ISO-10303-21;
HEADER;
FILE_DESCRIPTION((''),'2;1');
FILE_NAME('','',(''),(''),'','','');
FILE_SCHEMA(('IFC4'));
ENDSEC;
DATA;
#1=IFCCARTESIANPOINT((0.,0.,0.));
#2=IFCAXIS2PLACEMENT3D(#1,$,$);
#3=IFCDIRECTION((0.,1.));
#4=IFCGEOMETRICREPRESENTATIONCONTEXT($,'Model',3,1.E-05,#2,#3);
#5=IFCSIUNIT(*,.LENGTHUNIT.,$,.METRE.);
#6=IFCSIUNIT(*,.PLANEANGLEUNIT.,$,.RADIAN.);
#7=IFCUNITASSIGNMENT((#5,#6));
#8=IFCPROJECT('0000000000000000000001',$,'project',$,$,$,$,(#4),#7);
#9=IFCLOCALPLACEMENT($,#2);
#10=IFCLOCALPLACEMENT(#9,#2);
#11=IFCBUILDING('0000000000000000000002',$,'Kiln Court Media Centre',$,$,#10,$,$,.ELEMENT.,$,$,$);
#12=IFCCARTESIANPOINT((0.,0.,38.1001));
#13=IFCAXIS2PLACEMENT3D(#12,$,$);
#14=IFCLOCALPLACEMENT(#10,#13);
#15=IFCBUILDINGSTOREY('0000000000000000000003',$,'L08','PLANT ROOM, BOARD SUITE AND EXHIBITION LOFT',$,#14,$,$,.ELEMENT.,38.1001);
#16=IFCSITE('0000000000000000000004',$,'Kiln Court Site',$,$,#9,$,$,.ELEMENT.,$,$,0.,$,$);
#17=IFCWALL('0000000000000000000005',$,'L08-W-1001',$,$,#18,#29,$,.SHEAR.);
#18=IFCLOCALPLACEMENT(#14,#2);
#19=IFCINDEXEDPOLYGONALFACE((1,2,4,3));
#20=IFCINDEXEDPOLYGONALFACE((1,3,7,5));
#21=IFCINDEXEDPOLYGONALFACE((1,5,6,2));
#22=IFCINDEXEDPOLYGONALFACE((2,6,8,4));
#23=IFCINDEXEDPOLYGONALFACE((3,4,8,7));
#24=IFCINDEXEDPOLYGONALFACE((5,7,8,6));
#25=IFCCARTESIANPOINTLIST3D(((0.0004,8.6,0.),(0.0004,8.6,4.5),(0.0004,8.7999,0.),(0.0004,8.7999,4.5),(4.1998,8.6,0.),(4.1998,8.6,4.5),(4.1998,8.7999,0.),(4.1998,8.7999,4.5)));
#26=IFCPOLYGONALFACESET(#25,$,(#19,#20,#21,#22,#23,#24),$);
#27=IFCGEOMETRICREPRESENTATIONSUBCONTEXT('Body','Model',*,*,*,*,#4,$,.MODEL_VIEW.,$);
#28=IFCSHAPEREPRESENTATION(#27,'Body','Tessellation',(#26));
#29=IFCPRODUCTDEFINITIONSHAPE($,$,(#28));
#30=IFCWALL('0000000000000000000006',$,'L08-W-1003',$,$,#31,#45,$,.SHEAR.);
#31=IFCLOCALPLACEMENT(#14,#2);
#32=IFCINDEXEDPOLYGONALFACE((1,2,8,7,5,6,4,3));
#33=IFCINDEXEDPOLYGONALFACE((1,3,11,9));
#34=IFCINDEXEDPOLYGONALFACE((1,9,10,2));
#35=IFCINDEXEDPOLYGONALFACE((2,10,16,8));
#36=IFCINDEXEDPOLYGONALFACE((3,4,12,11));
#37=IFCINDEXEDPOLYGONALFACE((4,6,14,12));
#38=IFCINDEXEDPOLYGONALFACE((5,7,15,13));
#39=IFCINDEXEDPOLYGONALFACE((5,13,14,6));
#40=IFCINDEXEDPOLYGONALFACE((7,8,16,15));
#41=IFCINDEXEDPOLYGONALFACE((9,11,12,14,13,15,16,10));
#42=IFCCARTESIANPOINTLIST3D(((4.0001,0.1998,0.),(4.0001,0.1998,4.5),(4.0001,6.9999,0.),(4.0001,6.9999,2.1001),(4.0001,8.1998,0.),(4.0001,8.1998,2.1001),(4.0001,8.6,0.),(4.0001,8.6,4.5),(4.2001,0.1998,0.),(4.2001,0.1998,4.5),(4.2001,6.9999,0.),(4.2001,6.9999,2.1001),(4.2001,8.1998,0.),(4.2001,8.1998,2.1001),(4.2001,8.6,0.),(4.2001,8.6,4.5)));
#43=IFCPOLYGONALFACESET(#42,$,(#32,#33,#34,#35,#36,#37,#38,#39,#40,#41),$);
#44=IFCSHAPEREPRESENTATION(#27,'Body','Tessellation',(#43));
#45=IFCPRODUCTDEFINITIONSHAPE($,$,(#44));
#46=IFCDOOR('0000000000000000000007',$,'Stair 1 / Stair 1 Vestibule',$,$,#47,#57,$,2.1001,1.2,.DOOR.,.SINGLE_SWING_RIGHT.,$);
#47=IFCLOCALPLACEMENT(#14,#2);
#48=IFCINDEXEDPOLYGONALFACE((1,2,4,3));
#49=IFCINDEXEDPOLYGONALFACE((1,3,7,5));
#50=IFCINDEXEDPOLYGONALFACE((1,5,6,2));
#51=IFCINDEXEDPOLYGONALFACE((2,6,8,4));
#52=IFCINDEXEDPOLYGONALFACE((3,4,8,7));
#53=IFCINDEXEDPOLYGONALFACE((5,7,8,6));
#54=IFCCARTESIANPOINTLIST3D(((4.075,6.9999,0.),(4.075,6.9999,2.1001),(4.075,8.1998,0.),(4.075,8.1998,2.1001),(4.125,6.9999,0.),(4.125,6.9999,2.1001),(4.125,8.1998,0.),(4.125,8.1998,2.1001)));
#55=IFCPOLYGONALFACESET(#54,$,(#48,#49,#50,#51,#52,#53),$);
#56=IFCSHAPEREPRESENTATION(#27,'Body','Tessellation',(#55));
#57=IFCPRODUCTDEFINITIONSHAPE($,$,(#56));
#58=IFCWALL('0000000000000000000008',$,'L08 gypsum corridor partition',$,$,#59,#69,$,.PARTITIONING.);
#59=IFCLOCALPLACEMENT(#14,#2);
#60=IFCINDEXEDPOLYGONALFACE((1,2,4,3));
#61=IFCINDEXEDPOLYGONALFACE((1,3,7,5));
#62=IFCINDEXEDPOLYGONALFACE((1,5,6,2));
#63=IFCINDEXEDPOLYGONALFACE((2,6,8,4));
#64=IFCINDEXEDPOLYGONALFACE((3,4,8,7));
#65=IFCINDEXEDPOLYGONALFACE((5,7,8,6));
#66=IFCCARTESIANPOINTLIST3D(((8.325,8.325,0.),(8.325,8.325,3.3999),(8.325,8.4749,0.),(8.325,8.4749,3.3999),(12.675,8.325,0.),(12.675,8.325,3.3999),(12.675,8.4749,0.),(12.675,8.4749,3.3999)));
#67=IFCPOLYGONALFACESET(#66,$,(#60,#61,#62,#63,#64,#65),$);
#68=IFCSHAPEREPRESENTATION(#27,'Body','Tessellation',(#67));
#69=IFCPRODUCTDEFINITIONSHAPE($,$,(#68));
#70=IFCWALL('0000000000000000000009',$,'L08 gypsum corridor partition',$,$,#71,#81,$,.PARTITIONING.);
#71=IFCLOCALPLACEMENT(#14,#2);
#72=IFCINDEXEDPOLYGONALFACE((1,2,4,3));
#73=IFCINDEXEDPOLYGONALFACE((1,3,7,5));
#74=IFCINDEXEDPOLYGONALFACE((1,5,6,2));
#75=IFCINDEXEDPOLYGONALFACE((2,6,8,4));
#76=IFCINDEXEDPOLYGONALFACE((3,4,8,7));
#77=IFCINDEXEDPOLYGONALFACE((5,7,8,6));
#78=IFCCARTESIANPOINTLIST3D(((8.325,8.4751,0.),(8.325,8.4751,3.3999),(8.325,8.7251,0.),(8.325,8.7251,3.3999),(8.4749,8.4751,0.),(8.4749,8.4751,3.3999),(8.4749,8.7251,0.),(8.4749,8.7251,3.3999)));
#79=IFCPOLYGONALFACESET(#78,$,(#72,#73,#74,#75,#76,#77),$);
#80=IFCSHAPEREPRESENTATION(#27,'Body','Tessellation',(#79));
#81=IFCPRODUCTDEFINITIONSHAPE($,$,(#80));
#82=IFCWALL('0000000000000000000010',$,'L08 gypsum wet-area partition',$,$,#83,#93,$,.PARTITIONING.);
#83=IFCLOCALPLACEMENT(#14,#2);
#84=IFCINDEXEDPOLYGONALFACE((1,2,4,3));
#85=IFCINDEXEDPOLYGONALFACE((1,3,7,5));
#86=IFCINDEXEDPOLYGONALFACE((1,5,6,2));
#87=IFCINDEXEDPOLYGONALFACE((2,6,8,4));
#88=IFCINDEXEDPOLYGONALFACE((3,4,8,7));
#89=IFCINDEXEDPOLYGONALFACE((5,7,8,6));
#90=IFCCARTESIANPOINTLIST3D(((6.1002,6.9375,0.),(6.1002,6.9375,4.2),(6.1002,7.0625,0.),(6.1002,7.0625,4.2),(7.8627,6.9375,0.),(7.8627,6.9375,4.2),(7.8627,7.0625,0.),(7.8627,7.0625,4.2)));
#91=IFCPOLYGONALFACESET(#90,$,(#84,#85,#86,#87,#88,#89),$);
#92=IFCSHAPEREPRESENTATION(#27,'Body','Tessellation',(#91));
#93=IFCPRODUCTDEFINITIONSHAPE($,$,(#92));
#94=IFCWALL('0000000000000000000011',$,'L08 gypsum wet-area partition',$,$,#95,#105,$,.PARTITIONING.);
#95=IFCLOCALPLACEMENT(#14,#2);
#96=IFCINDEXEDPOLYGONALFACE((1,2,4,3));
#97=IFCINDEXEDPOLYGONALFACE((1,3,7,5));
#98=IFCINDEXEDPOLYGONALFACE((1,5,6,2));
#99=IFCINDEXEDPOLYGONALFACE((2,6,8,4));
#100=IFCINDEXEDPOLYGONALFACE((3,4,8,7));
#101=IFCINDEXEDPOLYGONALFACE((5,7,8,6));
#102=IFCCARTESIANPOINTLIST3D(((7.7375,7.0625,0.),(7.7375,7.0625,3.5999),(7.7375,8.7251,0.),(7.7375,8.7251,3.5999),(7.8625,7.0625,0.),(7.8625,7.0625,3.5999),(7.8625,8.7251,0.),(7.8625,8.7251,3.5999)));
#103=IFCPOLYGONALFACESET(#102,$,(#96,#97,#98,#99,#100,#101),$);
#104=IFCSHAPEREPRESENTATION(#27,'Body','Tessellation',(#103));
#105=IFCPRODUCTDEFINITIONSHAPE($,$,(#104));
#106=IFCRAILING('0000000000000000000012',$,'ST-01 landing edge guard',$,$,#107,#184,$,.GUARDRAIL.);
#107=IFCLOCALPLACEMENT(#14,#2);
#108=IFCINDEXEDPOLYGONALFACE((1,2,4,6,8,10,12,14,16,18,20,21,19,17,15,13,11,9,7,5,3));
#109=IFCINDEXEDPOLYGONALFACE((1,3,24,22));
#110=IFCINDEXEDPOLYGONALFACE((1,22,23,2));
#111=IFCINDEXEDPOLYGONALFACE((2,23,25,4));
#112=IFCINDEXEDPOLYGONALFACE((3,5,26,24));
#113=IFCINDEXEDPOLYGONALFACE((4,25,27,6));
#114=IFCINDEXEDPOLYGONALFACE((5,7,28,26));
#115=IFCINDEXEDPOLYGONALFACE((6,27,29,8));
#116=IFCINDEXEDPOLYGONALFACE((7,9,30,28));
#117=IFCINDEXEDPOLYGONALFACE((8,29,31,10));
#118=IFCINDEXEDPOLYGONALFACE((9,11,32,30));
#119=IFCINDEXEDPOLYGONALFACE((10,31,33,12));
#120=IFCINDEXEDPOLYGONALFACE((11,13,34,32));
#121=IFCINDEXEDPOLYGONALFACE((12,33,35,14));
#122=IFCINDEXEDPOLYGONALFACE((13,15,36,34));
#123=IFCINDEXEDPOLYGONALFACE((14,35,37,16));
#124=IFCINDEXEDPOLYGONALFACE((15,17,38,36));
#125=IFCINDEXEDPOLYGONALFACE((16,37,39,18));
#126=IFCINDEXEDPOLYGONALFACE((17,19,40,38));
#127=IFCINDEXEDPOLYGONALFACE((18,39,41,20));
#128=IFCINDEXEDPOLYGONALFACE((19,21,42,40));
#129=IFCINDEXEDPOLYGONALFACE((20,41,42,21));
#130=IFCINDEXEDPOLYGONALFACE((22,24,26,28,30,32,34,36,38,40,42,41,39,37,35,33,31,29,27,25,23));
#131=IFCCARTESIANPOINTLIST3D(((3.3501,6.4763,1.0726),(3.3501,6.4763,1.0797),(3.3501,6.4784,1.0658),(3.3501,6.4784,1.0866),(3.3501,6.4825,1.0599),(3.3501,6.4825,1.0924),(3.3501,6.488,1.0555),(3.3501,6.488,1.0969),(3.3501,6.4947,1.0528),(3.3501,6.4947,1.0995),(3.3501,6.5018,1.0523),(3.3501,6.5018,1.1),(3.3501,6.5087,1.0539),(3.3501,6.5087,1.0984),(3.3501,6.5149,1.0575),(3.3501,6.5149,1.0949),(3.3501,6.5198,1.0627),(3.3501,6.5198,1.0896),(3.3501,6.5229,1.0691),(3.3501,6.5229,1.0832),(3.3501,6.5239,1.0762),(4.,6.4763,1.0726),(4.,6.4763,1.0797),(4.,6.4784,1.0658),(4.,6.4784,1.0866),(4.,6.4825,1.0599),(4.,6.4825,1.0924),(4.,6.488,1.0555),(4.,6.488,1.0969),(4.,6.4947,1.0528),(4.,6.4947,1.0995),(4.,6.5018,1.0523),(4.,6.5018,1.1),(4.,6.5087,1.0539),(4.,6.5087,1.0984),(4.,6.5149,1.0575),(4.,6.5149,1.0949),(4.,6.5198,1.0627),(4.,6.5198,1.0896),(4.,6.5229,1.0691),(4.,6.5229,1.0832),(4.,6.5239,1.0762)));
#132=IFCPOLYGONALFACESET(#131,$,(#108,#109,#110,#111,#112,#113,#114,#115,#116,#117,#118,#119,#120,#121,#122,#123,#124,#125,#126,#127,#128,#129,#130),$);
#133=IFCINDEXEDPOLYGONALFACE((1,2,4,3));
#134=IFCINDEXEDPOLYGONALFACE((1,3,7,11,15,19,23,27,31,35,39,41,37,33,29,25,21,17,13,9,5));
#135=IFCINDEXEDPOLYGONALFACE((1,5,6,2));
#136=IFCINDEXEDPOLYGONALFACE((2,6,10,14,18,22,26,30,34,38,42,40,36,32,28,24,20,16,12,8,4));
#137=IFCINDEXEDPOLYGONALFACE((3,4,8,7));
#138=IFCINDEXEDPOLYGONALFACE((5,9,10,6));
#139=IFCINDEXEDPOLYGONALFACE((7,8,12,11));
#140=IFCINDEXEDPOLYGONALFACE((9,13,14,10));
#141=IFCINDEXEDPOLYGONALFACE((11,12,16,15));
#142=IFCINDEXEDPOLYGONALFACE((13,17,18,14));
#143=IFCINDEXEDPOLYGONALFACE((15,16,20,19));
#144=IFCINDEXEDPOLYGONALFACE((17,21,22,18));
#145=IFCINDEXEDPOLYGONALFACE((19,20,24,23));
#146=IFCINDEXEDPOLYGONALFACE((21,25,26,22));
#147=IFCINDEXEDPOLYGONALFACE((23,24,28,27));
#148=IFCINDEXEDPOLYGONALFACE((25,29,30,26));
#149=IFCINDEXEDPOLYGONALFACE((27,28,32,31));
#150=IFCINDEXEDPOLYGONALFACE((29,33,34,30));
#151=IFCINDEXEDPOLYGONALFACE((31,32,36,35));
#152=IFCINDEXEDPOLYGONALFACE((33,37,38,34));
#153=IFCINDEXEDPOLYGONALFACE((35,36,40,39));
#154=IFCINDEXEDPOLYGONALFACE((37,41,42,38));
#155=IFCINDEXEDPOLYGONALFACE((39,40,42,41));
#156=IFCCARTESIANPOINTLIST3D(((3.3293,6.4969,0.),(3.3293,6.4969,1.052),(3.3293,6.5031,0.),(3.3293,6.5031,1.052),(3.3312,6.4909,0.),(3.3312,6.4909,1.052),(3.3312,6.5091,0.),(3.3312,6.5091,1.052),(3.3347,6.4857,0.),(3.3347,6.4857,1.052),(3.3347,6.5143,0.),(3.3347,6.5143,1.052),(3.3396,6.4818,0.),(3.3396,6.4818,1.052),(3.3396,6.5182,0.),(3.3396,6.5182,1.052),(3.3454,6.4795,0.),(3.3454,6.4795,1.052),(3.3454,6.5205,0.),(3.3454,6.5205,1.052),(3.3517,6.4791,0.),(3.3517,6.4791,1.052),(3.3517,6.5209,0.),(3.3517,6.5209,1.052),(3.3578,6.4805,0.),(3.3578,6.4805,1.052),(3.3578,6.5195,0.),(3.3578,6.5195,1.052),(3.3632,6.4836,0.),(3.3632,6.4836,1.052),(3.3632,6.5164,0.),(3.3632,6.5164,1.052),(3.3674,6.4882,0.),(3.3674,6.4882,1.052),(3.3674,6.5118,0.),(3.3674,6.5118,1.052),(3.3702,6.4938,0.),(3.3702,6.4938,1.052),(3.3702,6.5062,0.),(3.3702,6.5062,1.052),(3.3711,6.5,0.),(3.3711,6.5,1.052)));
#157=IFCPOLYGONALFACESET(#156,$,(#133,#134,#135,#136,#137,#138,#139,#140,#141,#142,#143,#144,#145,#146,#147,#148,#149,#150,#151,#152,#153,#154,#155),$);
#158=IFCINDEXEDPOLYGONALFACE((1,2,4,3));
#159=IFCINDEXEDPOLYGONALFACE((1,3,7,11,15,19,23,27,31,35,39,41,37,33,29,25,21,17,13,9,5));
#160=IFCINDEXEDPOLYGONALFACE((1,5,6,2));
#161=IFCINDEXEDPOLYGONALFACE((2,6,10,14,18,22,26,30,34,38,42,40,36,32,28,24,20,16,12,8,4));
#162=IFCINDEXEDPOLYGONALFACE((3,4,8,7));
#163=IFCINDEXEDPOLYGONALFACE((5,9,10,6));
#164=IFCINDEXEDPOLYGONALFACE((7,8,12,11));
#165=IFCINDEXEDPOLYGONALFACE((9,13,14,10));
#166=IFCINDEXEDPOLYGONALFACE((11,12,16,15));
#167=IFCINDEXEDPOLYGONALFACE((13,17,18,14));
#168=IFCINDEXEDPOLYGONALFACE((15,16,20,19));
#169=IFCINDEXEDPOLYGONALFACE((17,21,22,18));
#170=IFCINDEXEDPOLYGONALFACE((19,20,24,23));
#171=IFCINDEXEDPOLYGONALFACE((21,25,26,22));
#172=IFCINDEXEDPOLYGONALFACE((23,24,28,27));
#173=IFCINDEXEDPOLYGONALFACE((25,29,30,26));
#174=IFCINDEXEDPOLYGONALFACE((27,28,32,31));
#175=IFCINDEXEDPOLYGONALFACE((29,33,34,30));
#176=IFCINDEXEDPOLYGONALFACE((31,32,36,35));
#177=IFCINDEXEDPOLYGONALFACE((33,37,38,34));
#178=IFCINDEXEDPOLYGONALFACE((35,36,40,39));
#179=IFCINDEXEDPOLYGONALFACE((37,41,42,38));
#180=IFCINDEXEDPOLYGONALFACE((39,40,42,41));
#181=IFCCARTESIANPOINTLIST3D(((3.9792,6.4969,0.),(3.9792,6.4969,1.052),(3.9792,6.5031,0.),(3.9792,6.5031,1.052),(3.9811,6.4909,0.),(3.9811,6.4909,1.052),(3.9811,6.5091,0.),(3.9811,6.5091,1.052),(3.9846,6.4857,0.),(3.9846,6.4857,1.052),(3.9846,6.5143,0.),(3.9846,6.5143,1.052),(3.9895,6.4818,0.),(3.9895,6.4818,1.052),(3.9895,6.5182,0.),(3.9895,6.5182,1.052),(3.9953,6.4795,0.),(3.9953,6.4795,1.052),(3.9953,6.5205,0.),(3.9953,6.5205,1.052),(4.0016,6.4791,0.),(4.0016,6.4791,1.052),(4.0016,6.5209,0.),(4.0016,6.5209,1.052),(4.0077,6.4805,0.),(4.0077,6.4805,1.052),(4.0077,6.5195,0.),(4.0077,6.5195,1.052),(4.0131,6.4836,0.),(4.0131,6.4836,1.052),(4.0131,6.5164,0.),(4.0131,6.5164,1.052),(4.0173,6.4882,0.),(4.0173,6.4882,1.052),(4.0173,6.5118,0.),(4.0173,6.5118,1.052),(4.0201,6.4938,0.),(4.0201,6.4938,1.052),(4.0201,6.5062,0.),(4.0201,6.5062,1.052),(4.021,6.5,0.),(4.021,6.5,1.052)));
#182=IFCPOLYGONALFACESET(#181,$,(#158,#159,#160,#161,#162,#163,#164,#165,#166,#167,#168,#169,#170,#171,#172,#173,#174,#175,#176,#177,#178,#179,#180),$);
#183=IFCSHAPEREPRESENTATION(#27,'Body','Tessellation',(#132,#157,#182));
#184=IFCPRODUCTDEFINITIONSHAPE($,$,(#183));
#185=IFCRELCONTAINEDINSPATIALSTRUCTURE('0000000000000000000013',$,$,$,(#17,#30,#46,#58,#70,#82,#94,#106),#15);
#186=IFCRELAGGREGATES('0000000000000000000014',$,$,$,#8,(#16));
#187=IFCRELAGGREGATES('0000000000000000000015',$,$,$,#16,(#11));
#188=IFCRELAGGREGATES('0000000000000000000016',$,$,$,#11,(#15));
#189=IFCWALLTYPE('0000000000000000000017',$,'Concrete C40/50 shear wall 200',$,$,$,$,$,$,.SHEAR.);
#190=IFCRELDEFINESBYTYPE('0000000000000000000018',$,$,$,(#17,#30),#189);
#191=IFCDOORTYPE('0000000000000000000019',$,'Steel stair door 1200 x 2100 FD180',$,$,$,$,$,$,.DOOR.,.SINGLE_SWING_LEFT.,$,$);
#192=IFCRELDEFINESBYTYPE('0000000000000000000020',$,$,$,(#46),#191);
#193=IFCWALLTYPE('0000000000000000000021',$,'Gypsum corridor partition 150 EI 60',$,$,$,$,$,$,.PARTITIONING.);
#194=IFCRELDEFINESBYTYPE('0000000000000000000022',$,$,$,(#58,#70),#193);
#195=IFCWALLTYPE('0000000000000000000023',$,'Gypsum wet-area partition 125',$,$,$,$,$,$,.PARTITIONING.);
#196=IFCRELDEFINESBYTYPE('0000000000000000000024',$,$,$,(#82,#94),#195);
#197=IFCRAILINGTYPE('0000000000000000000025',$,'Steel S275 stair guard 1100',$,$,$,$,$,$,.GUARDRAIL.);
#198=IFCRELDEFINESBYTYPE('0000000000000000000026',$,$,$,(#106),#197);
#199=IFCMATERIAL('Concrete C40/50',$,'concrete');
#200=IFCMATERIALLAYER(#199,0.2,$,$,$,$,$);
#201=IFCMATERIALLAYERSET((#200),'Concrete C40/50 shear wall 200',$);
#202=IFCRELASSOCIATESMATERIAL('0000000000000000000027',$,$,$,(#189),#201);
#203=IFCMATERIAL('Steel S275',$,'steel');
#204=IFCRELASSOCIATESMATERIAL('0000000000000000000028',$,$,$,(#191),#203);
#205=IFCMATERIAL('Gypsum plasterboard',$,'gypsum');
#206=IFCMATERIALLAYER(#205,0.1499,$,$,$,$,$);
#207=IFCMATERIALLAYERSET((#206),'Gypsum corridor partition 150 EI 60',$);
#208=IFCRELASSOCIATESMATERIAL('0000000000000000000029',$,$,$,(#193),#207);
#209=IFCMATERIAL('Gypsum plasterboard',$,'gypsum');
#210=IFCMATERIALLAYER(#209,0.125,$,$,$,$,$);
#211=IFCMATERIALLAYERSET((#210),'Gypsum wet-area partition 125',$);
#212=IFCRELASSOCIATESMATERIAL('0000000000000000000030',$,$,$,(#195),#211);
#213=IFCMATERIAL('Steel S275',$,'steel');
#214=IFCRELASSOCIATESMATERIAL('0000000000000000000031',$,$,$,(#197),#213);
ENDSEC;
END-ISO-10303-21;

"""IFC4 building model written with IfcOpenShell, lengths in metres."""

from ifc_helpers import new_model, si_unit, direction, frame, frame_2d, origin, origin_2d, place, context, subcontext, project, spatial, rectangle, circle, extrude, material, layer, layer_set, type_object, element, fill, save


model = new_model("IFC4")

# Units and contexts
model_context = context("Model", 3, precision=1e-05, world=origin(), true_north=direction((0.0, 1.0)))
body_context = subcontext(model_context, "Body", "Model", "MODEL_VIEW")
ifc_project = project(units=[si_unit("LENGTHUNIT", "METRE"), si_unit("PLANEANGLEUNIT", "RADIAN")], contexts=[model_context])

# Site, building, storey
site_placement = place(None, origin())
site = spatial("IfcSite", under=ifc_project, at=site_placement, Name="Kiln Court Site", CompositionType="ELEMENT", RefElevation=0.0)
building_placement = place(site_placement, origin())
building = spatial("IfcBuilding", under=site, at=building_placement, Name="Kiln Court Media Centre", CompositionType="ELEMENT")
storey_placement = place(building_placement, frame((0.0, 0.0, 38.1001)))
storey = spatial("IfcBuildingStorey", under=building, at=storey_placement, Name="L08", Description="PLANT ROOM, BOARD SUITE AND EXHIBITION LOFT", CompositionType="ELEMENT", Elevation=38.1001)

# Wall
ifc_material_1 = material(Name="Concrete C40/50", Category="concrete")
ifc_layer_1 = layer(ifc_material_1, 0.2)
ifc_layer_set_1 = layer_set([ifc_layer_1], Name="Concrete C40/50 shear wall 200")
wall_type_1 = type_object("IfcWallType", Name="Concrete C40/50 shear wall 200", PredefinedType="SHEAR", material=ifc_layer_set_1)
wall_1_placement = place(storey_placement, frame((0.0005, 8.7, 0.0), z_axis=(0.0, 0.0, 1.0), x_axis=(1.0, 0.0, 0.0)))
element("IfcWall", 1, at=wall_1_placement, inside=storey, type_object=wall_type_1, Name="L08-W-1001", PredefinedType="SHEAR", context=body_context, shape_type="SweptSolid", body=[
    extrude(rectangle(XDim=4.1995, YDim=0.2, at=frame_2d((2.0996, 0.0))), origin(), (0.0, 0.0, 1.0), 4.5),
])

# Wall, opening, door
wall_2_placement = place(storey_placement, frame((4.1001, 8.6001, 0.0), z_axis=(0.0, 0.0, 1.0), x_axis=(0.0, -1.0, 0.0)))
wall_2 = element("IfcWall", 2, at=wall_2_placement, inside=storey, type_object=wall_type_1, Name="L08-W-1003", PredefinedType="SHEAR", context=body_context, shape_type="SweptSolid", body=[
    extrude(rectangle(XDim=8.4001, YDim=0.2, at=frame_2d((4.2002, 0.0))), origin(), (0.0, 0.0, 1.0), 4.5),
])
opening_1_placement = place(wall_2_placement, frame((0.4001, 0.0, 0.0)))
opening_1 = element("IfcOpeningElement", 3, at=opening_1_placement, cuts=wall_2, PredefinedType="OPENING", context=body_context, shape_type="SweptSolid", body=[
    extrude(rectangle(XDim=1.2, YDim=2.1001, at=frame_2d((0.6001, 1.05))), frame((0.0, 0.1099, 0.0), z_axis=(0.0, -1.0, 0.0), x_axis=(1.0, 0.0, 0.0)), (0.0, 0.0, 1.0), 0.22),
])
ifc_material_2 = material(Name="Steel S275", Category="steel")
door_type_1 = type_object("IfcDoorType", Name="Steel stair door 1200 x 2100 FD180", OperationType="SINGLE_SWING_LEFT", PredefinedType="DOOR", material=ifc_material_2)
door_1_placement = place(opening_1_placement, origin())
door_1 = element("IfcDoor", 4, at=door_1_placement, inside=storey, type_object=door_type_1, Name="Stair 1 / Stair 1 Vestibule", OperationType="SINGLE_SWING_RIGHT", OverallHeight=2.1001, OverallWidth=1.2, PredefinedType="DOOR", context=body_context, shape_type="SweptSolid", body=[
    extrude(rectangle(XDim=1.2, YDim=2.1001, at=frame_2d((0.6001, 1.05))), frame((0.0, 0.0249, 0.0), z_axis=(0.0, -1.0, 0.0), x_axis=(1.0, 0.0, 0.0)), (0.0, 0.0, 1.0), 0.05),
])
fill(opening_1, door_1)

# Walls
ifc_material_3 = material(Name="Gypsum plasterboard", Category="gypsum")
ifc_layer_2 = layer(ifc_material_3, 0.1499)
ifc_layer_set_2 = layer_set([ifc_layer_2], Name="Gypsum corridor partition 150 EI 60")
wall_type_2 = type_object("IfcWallType", Name="Gypsum corridor partition 150 EI 60", PredefinedType="PARTITIONING", material=ifc_layer_set_2)
wall_3_placement = place(storey_placement, frame((8.325, 8.3999, 0.0), z_axis=(0.0, 0.0, 1.0), x_axis=(1.0, 0.0, 0.0)))
element("IfcWall", 5, at=wall_3_placement, inside=storey, type_object=wall_type_2, Name="L08 gypsum corridor partition", PredefinedType="PARTITIONING", context=body_context, shape_type="SweptSolid", body=[
    extrude(rectangle(XDim=4.3501, YDim=0.1499, at=frame_2d((2.175, 0.0))), origin(), (0.0, 0.0, 1.0), 3.3999),
])
wall_4_placement = place(storey_placement, frame((8.3999, 8.4751, 0.0), z_axis=(0.0, 0.0, 1.0), x_axis=(0.0, 1.0, 0.0)))
element("IfcWall", 6, at=wall_4_placement, inside=storey, type_object=wall_type_2, Name="L08 gypsum corridor partition", PredefinedType="PARTITIONING", context=body_context, shape_type="SweptSolid", body=[
    extrude(rectangle(XDim=0.25, YDim=0.1499, at=frame_2d((0.125, 0.0))), origin(), (0.0, 0.0, 1.0), 3.3999),
])
ifc_material_4 = material(Name="Gypsum plasterboard", Category="gypsum")
ifc_layer_3 = layer(ifc_material_4, 0.125)
ifc_layer_set_3 = layer_set([ifc_layer_3], Name="Gypsum wet-area partition 125")
wall_type_3 = type_object("IfcWallType", Name="Gypsum wet-area partition 125", PredefinedType="PARTITIONING", material=ifc_layer_set_3)
wall_5_placement = place(storey_placement, frame((6.1001, 7.0, 0.0), z_axis=(0.0, 0.0, 1.0), x_axis=(1.0, 0.0, 0.0)))
element("IfcWall", 7, at=wall_5_placement, inside=storey, type_object=wall_type_3, Name="L08 gypsum wet-area partition", PredefinedType="PARTITIONING", context=body_context, shape_type="SweptSolid", body=[
    extrude(rectangle(XDim=1.7625, YDim=0.125, at=frame_2d((0.8813, 0.0))), origin(), (0.0, 0.0, 1.0), 4.2),
])
wall_6_placement = place(storey_placement, frame((7.8, 7.0625, 0.0), z_axis=(0.0, 0.0, 1.0), x_axis=(0.0, 1.0, 0.0)))
element("IfcWall", 8, at=wall_6_placement, inside=storey, type_object=wall_type_3, Name="L08 gypsum wet-area partition", PredefinedType="PARTITIONING", context=body_context, shape_type="SweptSolid", body=[
    extrude(rectangle(XDim=1.6626, YDim=0.125, at=frame_2d((0.8313, 0.0))), origin(), (0.0, 0.0, 1.0), 3.5999),
])

# Railing
ifc_material_5 = material(Name="Steel S275", Category="steel")
railing_type = type_object("IfcRailingType", Name="Steel S275 stair guard 1100", PredefinedType="GUARDRAIL", material=ifc_material_5)
railing_1_placement = place(storey_placement, frame((3.3501, 6.5, 0.0)))
element("IfcRailing", 9, at=railing_1_placement, inside=storey, type_object=railing_type, Name="ST-01 landing edge guard", PredefinedType="GUARDRAIL", context=body_context, shape_type="SweptSolid", body=[
    extrude(circle(Radius=0.0239, at=origin_2d()), frame((0.0, 0.0, 1.0762), z_axis=(1.0, 0.0, 0.0), x_axis=(0.0, 1.0, 0.0)), (0.0, 0.0, 1.0), 0.6499),
    extrude(circle(Radius=0.021, at=origin_2d()), origin(), (0.0, 0.0, 1.0), 1.052),
    extrude(circle(Radius=0.021, at=origin_2d()), frame((0.6499, 0.0, 0.0)), (0.0, 0.0, 1.0), 1.052),
])

save(model, "model.ifc")
